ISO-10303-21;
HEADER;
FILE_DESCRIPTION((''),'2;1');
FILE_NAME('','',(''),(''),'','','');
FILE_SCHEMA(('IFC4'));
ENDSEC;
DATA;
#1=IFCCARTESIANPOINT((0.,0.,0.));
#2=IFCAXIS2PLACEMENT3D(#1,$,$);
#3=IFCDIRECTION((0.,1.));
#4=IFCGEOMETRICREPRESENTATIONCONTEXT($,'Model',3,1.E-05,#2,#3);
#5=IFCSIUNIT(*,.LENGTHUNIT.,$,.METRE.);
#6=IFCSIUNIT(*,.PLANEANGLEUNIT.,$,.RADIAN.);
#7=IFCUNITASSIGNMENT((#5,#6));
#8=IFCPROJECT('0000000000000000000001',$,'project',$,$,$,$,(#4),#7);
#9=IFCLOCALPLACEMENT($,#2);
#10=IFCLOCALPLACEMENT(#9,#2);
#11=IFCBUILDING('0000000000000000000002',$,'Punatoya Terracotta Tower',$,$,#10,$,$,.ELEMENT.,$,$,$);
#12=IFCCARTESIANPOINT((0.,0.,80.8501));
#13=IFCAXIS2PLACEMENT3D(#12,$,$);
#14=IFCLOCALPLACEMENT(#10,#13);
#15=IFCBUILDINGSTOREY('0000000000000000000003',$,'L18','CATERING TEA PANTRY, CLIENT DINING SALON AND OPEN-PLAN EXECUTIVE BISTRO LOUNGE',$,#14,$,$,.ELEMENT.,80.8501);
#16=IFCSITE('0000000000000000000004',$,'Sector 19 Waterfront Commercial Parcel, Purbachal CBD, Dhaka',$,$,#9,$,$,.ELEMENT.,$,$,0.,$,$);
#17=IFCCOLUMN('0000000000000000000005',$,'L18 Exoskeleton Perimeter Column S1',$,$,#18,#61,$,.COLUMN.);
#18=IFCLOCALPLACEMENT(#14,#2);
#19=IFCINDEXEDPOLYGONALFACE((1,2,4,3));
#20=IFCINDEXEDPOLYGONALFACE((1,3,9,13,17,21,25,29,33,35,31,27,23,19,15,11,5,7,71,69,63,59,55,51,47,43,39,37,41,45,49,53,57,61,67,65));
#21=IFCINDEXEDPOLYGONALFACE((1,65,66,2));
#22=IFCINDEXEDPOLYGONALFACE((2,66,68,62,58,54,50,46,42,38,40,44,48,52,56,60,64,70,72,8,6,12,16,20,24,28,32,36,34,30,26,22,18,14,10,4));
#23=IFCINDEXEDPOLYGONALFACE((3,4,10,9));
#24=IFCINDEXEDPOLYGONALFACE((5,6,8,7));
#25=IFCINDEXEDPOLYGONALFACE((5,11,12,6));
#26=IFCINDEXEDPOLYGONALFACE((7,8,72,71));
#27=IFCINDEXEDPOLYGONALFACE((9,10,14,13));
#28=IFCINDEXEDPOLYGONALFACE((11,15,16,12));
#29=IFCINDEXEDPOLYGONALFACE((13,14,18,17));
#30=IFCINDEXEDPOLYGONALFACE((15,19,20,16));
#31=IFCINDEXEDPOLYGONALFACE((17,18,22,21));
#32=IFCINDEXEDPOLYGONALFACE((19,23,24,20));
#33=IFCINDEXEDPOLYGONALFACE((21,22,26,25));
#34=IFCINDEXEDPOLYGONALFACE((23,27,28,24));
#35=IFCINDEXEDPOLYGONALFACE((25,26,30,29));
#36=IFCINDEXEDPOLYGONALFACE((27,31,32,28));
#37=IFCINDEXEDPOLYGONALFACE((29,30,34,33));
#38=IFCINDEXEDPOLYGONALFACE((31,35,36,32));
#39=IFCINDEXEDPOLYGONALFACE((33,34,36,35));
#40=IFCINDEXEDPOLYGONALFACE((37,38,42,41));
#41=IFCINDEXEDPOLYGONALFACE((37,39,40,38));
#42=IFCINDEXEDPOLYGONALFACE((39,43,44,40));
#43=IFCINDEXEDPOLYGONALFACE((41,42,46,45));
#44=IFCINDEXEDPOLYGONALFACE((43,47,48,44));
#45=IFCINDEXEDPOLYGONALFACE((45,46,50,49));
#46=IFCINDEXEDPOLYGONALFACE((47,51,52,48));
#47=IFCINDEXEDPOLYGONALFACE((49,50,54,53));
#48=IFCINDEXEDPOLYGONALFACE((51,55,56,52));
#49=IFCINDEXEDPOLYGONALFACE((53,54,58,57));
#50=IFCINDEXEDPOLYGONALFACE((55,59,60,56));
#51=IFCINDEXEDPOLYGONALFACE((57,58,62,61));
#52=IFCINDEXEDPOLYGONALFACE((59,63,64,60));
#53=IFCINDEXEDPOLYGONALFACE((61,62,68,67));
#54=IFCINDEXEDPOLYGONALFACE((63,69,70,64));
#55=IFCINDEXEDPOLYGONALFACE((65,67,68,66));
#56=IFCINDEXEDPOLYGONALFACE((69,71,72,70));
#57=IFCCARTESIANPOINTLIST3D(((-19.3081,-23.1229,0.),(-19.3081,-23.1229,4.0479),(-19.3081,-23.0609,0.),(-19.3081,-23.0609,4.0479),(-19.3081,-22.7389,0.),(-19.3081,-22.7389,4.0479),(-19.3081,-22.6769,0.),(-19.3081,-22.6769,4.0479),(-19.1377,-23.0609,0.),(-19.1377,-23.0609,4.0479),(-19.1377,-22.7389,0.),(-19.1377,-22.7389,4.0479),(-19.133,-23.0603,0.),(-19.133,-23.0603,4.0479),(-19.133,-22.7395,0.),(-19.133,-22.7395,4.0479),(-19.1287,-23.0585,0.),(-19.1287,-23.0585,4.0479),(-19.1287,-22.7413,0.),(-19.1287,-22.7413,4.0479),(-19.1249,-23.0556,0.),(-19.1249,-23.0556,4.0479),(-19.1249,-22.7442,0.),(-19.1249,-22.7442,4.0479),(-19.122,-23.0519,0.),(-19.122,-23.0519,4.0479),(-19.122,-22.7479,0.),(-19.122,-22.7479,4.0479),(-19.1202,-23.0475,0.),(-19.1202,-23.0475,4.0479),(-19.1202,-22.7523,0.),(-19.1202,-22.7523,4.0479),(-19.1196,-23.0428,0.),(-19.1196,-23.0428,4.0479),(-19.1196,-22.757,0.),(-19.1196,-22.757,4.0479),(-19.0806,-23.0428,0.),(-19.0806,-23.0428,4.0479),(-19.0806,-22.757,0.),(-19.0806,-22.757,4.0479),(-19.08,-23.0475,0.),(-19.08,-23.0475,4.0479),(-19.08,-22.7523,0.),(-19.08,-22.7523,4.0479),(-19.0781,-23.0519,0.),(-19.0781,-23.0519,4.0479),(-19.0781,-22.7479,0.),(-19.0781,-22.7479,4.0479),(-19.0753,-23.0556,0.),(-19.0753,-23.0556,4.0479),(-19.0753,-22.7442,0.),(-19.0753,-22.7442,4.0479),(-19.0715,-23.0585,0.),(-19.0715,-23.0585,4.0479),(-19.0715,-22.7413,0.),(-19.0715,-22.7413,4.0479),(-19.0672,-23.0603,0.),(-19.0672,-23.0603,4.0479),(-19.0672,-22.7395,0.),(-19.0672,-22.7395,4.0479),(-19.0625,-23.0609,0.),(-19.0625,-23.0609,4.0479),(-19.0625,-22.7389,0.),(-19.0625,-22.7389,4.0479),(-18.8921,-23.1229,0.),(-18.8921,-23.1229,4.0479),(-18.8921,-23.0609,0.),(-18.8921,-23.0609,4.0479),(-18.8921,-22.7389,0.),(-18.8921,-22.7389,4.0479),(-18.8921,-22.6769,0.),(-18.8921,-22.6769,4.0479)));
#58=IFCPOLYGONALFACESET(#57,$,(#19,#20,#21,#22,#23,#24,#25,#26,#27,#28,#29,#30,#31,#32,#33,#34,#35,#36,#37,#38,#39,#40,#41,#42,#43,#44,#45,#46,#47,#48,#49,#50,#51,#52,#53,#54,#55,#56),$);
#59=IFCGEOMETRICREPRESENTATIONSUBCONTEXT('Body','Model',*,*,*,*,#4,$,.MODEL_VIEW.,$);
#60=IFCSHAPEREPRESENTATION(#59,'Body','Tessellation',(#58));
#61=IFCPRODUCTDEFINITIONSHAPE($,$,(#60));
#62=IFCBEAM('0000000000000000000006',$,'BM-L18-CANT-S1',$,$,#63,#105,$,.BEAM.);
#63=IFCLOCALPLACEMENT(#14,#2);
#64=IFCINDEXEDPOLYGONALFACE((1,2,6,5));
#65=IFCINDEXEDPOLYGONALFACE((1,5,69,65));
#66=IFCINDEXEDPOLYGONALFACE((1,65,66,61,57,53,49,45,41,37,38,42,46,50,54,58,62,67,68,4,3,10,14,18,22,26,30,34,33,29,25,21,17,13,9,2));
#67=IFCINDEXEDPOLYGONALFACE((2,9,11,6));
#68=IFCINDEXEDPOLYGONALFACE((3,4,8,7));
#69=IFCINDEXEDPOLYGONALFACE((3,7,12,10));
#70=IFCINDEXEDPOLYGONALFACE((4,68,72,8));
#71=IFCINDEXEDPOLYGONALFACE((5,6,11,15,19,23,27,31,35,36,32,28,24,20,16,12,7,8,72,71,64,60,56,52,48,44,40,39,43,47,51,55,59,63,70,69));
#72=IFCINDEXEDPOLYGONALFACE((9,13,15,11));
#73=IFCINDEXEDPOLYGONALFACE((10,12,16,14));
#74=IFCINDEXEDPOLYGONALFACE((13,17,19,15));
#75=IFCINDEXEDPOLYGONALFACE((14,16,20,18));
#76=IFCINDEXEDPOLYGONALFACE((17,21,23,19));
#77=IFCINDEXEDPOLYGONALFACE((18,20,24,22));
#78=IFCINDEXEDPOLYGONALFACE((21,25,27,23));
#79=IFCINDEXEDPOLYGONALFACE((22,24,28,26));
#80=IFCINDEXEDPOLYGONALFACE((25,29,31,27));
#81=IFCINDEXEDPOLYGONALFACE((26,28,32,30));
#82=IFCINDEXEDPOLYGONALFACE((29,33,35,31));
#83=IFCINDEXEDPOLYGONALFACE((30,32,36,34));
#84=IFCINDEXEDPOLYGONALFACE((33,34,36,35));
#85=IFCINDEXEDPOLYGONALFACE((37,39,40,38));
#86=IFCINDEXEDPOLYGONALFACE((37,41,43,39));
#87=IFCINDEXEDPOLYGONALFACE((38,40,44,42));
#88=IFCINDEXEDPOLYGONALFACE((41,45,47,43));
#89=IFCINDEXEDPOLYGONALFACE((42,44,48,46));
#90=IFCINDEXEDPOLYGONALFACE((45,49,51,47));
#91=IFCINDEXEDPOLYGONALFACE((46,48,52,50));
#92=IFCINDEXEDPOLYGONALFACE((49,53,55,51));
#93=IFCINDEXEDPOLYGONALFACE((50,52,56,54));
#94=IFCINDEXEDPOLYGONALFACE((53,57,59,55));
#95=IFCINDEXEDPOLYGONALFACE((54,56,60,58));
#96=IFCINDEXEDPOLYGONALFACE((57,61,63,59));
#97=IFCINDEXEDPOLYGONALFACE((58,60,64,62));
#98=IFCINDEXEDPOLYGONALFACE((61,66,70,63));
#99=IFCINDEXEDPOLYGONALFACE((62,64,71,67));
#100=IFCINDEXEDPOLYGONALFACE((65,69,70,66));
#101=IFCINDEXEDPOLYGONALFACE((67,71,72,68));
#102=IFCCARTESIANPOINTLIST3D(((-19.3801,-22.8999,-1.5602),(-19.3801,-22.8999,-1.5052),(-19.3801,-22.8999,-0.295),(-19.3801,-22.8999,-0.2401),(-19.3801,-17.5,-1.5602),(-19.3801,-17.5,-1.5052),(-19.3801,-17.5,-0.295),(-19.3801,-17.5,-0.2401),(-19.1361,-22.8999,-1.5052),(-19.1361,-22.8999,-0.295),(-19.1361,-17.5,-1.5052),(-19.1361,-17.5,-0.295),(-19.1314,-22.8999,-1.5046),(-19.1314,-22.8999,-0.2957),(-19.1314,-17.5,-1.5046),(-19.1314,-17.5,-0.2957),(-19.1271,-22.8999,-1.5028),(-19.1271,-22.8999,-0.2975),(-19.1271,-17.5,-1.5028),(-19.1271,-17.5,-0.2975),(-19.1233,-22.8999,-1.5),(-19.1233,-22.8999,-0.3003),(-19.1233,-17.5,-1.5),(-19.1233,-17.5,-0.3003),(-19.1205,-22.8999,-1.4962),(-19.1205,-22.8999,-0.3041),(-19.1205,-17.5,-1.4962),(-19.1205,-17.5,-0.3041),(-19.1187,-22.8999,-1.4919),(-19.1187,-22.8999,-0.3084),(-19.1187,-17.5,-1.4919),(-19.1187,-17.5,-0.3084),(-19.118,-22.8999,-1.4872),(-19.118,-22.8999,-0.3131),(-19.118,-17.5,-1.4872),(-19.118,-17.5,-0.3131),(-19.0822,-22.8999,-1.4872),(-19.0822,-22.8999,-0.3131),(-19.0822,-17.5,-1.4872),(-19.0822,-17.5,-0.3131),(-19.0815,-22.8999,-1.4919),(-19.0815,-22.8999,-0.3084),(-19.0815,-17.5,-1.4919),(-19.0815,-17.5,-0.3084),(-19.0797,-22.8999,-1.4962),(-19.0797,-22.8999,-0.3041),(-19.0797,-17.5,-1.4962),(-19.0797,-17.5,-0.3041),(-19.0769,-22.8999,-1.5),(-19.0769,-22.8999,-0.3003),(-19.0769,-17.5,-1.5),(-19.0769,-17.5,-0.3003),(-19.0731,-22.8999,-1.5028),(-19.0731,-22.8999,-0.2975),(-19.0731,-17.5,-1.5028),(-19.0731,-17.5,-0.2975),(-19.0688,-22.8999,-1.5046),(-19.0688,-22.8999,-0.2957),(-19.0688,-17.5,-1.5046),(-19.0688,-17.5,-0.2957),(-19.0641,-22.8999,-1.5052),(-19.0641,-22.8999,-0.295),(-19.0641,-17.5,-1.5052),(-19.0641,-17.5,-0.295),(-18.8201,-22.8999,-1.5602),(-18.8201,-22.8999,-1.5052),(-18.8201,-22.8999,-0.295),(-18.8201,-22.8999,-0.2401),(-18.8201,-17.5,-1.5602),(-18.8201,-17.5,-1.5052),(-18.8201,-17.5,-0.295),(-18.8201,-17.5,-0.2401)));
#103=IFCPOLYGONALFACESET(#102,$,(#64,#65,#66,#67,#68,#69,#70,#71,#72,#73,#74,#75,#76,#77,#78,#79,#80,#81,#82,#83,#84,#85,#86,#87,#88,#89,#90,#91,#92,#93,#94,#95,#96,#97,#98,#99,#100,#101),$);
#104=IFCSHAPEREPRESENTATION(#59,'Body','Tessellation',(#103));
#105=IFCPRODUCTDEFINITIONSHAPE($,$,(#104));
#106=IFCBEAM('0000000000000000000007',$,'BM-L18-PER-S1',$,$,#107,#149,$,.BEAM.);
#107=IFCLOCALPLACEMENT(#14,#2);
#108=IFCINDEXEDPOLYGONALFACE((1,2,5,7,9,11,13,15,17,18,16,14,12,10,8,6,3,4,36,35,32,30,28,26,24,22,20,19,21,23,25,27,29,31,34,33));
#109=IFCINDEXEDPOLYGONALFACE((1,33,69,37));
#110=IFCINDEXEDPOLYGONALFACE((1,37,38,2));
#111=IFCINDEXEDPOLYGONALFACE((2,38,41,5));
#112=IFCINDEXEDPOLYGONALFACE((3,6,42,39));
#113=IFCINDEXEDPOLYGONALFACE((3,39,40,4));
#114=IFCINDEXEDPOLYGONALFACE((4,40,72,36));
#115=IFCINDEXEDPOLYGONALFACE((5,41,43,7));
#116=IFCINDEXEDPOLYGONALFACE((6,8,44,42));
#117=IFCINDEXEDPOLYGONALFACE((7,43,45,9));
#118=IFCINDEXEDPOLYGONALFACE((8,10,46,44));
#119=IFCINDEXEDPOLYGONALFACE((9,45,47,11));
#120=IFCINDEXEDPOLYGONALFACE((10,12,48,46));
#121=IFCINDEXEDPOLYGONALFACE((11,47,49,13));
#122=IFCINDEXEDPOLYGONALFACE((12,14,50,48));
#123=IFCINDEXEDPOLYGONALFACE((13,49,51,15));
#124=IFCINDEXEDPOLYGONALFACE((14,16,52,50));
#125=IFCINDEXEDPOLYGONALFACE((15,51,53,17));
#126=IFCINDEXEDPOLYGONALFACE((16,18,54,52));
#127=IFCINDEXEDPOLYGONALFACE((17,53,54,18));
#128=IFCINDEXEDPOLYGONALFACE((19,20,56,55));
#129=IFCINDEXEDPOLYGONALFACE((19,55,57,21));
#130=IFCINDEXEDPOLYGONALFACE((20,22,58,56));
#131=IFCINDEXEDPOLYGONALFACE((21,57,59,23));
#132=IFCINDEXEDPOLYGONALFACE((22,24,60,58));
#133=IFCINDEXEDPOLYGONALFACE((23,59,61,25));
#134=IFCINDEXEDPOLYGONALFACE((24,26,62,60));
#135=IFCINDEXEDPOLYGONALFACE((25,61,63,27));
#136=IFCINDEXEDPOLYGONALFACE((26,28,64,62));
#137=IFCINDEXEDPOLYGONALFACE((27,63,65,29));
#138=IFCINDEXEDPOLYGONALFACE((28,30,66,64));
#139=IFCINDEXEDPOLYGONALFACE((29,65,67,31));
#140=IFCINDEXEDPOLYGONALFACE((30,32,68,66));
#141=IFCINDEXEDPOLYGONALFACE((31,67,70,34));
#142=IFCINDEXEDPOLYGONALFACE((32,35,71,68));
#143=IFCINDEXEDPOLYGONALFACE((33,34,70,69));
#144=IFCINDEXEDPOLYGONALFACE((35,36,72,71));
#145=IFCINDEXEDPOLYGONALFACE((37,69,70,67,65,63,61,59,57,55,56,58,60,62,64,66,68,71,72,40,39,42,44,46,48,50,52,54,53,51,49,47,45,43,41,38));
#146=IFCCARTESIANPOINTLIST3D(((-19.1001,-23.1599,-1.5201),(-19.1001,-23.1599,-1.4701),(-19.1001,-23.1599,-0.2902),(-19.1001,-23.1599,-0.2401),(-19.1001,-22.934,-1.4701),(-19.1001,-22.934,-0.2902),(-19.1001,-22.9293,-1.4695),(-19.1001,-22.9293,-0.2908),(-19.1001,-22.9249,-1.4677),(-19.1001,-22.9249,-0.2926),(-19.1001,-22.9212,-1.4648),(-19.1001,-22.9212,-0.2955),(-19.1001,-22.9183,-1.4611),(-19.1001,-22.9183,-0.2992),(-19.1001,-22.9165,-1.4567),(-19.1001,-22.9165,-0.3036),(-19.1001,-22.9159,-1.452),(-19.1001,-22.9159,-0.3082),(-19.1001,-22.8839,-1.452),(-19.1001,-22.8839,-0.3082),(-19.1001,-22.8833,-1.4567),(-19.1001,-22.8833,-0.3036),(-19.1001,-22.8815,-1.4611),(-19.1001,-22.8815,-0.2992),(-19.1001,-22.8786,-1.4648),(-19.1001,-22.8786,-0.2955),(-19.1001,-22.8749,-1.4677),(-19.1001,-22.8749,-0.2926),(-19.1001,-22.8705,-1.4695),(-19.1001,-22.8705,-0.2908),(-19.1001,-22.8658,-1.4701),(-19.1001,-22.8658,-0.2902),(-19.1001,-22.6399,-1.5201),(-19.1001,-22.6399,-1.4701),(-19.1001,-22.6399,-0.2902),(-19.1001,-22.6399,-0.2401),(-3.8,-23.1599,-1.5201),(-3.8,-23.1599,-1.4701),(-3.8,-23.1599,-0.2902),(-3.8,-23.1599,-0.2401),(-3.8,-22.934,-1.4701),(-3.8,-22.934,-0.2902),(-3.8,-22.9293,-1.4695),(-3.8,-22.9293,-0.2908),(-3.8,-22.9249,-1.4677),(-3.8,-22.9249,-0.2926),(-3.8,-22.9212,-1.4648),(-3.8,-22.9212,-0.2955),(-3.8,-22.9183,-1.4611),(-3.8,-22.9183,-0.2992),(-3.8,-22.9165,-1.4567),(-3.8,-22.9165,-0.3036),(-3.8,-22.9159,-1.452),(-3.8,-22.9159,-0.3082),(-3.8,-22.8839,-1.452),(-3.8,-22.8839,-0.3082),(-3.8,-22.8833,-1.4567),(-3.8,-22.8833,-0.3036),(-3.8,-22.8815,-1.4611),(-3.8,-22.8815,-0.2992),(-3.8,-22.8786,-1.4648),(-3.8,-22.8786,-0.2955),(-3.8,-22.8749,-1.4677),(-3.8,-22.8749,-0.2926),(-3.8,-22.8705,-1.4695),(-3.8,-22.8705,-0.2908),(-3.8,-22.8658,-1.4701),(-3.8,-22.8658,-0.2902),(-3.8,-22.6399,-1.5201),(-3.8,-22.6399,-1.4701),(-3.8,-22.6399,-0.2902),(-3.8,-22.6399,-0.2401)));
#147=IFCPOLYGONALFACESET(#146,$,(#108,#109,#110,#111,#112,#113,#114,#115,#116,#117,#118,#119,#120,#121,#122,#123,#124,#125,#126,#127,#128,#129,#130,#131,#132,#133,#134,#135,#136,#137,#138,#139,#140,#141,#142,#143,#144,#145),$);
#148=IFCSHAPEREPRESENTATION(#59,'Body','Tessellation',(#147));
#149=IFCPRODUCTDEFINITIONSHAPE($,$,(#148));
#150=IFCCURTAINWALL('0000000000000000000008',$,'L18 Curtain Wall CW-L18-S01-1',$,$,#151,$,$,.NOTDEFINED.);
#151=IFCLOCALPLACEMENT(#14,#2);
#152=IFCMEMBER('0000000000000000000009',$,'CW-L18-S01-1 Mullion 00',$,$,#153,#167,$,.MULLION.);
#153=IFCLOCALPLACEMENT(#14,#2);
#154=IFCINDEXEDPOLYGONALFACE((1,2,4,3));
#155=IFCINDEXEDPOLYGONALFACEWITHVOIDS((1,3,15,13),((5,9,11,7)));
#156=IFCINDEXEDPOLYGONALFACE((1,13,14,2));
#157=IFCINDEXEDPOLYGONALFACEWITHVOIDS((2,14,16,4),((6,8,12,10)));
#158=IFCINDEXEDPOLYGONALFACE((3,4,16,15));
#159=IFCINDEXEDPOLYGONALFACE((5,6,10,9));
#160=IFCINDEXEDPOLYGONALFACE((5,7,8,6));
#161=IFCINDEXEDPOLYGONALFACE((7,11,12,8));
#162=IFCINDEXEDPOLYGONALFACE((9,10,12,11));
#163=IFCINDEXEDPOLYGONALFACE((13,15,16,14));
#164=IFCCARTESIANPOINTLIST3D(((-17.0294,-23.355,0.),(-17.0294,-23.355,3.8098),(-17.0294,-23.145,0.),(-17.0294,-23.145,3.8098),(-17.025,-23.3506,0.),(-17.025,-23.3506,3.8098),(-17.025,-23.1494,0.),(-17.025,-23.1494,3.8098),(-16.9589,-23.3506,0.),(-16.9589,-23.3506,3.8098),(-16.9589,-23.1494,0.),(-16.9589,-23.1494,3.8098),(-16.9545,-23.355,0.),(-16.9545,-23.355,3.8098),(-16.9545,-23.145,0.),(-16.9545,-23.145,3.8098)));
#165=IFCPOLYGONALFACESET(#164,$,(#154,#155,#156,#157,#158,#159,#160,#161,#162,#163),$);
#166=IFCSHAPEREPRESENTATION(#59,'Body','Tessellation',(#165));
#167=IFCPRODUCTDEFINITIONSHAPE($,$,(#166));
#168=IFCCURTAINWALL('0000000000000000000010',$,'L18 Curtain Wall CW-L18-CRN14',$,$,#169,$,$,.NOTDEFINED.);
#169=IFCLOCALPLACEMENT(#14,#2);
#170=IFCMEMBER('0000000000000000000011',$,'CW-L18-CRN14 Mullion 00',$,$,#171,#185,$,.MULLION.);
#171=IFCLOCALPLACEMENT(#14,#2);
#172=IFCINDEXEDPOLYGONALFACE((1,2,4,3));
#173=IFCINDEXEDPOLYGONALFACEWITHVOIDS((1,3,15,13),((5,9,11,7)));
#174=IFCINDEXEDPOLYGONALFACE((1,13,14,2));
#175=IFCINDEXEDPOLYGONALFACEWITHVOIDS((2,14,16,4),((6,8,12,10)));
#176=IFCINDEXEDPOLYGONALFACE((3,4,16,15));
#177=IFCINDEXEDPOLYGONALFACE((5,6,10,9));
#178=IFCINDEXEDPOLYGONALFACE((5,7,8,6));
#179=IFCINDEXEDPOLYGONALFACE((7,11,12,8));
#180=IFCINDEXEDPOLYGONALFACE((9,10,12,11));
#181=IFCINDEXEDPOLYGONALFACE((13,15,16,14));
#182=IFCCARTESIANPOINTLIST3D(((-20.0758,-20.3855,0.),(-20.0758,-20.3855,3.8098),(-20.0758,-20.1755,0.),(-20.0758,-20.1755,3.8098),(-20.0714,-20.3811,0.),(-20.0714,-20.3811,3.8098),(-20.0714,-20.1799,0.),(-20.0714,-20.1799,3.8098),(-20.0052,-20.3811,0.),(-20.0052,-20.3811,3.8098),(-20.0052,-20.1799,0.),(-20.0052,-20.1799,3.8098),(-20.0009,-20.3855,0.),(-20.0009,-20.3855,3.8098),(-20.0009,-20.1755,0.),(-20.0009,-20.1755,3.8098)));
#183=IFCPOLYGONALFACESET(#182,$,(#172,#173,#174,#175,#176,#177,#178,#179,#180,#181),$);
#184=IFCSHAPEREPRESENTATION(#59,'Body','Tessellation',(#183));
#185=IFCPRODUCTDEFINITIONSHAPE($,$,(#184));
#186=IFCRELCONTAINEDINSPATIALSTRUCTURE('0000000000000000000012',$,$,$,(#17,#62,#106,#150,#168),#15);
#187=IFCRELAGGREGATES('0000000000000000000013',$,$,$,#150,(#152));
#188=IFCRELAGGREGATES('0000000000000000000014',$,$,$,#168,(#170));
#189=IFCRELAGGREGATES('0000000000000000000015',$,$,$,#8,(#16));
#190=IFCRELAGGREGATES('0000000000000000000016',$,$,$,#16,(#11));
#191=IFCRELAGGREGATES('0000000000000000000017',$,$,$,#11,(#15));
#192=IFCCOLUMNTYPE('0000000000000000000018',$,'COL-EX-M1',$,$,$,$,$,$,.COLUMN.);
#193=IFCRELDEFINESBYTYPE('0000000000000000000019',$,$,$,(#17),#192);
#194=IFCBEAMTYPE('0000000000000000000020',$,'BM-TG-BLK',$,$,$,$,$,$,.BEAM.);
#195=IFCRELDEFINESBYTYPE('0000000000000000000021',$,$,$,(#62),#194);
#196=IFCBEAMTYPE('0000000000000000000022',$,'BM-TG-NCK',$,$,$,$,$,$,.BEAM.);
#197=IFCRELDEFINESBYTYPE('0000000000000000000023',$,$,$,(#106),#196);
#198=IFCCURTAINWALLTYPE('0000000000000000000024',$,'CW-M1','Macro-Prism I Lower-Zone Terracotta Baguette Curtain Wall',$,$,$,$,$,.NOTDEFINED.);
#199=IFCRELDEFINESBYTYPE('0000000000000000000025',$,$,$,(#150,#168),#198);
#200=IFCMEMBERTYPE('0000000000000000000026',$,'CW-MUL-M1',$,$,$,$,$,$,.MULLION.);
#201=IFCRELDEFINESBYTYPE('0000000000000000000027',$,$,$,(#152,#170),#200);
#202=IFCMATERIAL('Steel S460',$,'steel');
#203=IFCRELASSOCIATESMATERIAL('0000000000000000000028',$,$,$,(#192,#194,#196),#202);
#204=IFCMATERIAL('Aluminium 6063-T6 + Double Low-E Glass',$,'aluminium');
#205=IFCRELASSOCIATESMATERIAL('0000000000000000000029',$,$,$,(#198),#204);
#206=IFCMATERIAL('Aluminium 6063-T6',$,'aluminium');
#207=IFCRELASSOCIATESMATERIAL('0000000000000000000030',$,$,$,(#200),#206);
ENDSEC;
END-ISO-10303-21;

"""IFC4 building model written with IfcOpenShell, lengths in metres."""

from ifc_helpers import new_model, si_unit, direction, frame, origin, origin_2d, place, context, subcontext, project, spatial, hollow_rectangle, i_section, extrude, material, material_profile, profile_set, type_object, element, aggregate, save


model = new_model("IFC4")

# Units and contexts
model_context = context("Model", 3, precision=1e-05, world=origin(), true_north=direction((0.0, 1.0)))
body_context = subcontext(model_context, "Body", "Model", "MODEL_VIEW")
ifc_project = project(units=[si_unit("LENGTHUNIT", "METRE"), si_unit("PLANEANGLEUNIT", "RADIAN")], contexts=[model_context])

# Site, building, storey
site_placement = place(None, origin())
site = spatial("IfcSite", under=ifc_project, at=site_placement, Name="Sector 19 Waterfront Commercial Parcel, Purbachal CBD, Dhaka", CompositionType="ELEMENT", RefElevation=0.0)
building_placement = place(site_placement, origin())
building = spatial("IfcBuilding", under=site, at=building_placement, Name="Punatoya Terracotta Tower", CompositionType="ELEMENT")
storey_placement = place(building_placement, frame((0.0, 0.0, 80.8501)))
storey = spatial("IfcBuildingStorey", under=building, at=storey_placement, Name="L18", Description="CATERING TEA PANTRY, CLIENT DINING SALON AND OPEN-PLAN EXECUTIVE BISTRO LOUNGE", CompositionType="ELEMENT", Elevation=80.8501)

# Column
ifc_material_1 = material(Name="Steel S460", Category="steel")
ifc_material_profile_1 = material_profile(ifc_material_1, i_section(OverallWidth=0.416, OverallDepth=0.446, WebThickness=0.0391, FlangeThickness=0.062, FilletRadius=0.0181, at=origin_2d()))
ifc_profile_set_1 = profile_set([ifc_material_profile_1], Name="Steel S460")
column_type = type_object("IfcColumnType", Name="COL-EX-M1", PredefinedType="COLUMN", material=ifc_profile_set_1)
column_placement = place(storey_placement, frame((-19.1001, -22.8999, 0.0), z_axis=(0.0, 0.0, 1.0), x_axis=(1.0, 0.0, 0.0)))
element("IfcColumn", 1, at=column_placement, inside=storey, type_object=column_type, Name="L18 Exoskeleton Perimeter Column S1", PredefinedType="COLUMN", context=body_context, shape_type="SweptSolid", body=[
    extrude(i_section(OverallWidth=0.416, OverallDepth=0.446, WebThickness=0.0391, FlangeThickness=0.062, FilletRadius=0.0181, at=origin_2d()), origin(), (0.0, 0.0, 1.0), 4.0479),
])

# Beams
ifc_material_profile_2 = material_profile(ifc_material_1, i_section(OverallWidth=0.5601, OverallDepth=1.3201, WebThickness=0.0359, FlangeThickness=0.0549, FilletRadius=0.0181, at=origin_2d()))
ifc_profile_set_2 = profile_set([ifc_material_profile_2], Name="Steel S460")
beam_type_1 = type_object("IfcBeamType", Name="BM-TG-BLK", PredefinedType="BEAM", material=ifc_profile_set_2)
beam_1_placement = place(storey_placement, frame((-19.1001, -22.8999, -0.9001), z_axis=(0.0, 1.0, 0.0), x_axis=(-1.0, 0.0, 0.0)))
element("IfcBeam", 2, at=beam_1_placement, inside=storey, type_object=beam_type_1, Name="BM-L18-CANT-S1", PredefinedType="BEAM", context=body_context, shape_type="SweptSolid", body=[
    extrude(i_section(OverallWidth=0.5601, OverallDepth=1.3201, WebThickness=0.0359, FlangeThickness=0.0549, FilletRadius=0.0181, at=origin_2d()), origin(), (0.0, 0.0, 1.0), 5.3999),
])
ifc_material_profile_3 = material_profile(ifc_material_1, i_section(OverallWidth=0.52, OverallDepth=1.28, WebThickness=0.032, FlangeThickness=0.05, FilletRadius=0.0181, at=origin_2d()))
ifc_profile_set_3 = profile_set([ifc_material_profile_3], Name="Steel S460")
beam_type_2 = type_object("IfcBeamType", Name="BM-TG-NCK", PredefinedType="BEAM", material=ifc_profile_set_3)
beam_2_placement = place(storey_placement, frame((-19.1001, -22.8999, -0.8801), z_axis=(1.0, 0.0, 0.0), x_axis=(0.0, 1.0, 0.0)))
element("IfcBeam", 3, at=beam_2_placement, inside=storey, type_object=beam_type_2, Name="BM-L18-PER-S1", PredefinedType="BEAM", context=body_context, shape_type="SweptSolid", body=[
    extrude(i_section(OverallWidth=0.52, OverallDepth=1.28, WebThickness=0.032, FlangeThickness=0.05, FilletRadius=0.0181, at=origin_2d()), origin(), (0.0, 0.0, 1.0), 15.3),
])

# Curtain wall, member
ifc_material_2 = material(Name="Aluminium 6063-T6 + Double Low-E Glass", Category="aluminium")
curtain_wall_type = type_object("IfcCurtainWallType", Name="CW-M1", Description="Macro-Prism I Lower-Zone Terracotta Baguette Curtain Wall", PredefinedType="NOTDEFINED", material=ifc_material_2)
curtain_wall_1_placement = place(storey_placement, origin())
curtain_wall_1 = element("IfcCurtainWall", 4, at=curtain_wall_1_placement, inside=storey, type_object=curtain_wall_type, Name="L18 Curtain Wall CW-L18-S01-1", PredefinedType="NOTDEFINED")
ifc_material_3 = material(Name="Aluminium 6063-T6", Category="aluminium")
ifc_material_profile_4 = material_profile(ifc_material_3, hollow_rectangle(XDim=0.075, YDim=0.21, WallThickness=0.0044, at=origin_2d()))
ifc_profile_set_4 = profile_set([ifc_material_profile_4], Name="Aluminium 6063-T6")
member_type_1 = type_object("IfcMemberType", Name="CW-MUL-M1", PredefinedType="MULLION", material=ifc_profile_set_4)
member_1_placement = place(storey_placement, frame((-16.9919, -23.25, 0.0), z_axis=(0.0, 0.0, 1.0), x_axis=(1.0, 0.0, 0.0)))
member_1 = element("IfcMember", 5, at=member_1_placement, type_object=member_type_1, Name="CW-L18-S01-1 Mullion 00", PredefinedType="MULLION", context=body_context, shape_type="SweptSolid", body=[
    extrude(hollow_rectangle(XDim=0.075, YDim=0.21, WallThickness=0.0044, at=origin_2d()), origin(), (0.0, 0.0, 1.0), 3.8098),
])

# Curtain wall, member
curtain_wall_2_placement = place(storey_placement, origin())
curtain_wall_2 = element("IfcCurtainWall", 6, at=curtain_wall_2_placement, inside=storey, type_object=curtain_wall_type, Name="L18 Curtain Wall CW-L18-CRN14", PredefinedType="NOTDEFINED")
member_2_placement = place(storey_placement, frame((-20.0383, -20.2805, 0.0), z_axis=(0.0, 0.0, 1.0), x_axis=(1.0, 0.0, 0.0)))
member_2 = element("IfcMember", 7, at=member_2_placement, type_object=member_type_1, Name="CW-L18-CRN14 Mullion 00", PredefinedType="MULLION", context=body_context, shape_type="SweptSolid", body=[
    extrude(hollow_rectangle(XDim=0.075, YDim=0.21, WallThickness=0.0044, at=origin_2d()), origin(), (0.0, 0.0, 1.0), 3.8098),
])

aggregate(curtain_wall_1, [member_1])
aggregate(curtain_wall_2, [member_2])

save(model, "model.ifc")
